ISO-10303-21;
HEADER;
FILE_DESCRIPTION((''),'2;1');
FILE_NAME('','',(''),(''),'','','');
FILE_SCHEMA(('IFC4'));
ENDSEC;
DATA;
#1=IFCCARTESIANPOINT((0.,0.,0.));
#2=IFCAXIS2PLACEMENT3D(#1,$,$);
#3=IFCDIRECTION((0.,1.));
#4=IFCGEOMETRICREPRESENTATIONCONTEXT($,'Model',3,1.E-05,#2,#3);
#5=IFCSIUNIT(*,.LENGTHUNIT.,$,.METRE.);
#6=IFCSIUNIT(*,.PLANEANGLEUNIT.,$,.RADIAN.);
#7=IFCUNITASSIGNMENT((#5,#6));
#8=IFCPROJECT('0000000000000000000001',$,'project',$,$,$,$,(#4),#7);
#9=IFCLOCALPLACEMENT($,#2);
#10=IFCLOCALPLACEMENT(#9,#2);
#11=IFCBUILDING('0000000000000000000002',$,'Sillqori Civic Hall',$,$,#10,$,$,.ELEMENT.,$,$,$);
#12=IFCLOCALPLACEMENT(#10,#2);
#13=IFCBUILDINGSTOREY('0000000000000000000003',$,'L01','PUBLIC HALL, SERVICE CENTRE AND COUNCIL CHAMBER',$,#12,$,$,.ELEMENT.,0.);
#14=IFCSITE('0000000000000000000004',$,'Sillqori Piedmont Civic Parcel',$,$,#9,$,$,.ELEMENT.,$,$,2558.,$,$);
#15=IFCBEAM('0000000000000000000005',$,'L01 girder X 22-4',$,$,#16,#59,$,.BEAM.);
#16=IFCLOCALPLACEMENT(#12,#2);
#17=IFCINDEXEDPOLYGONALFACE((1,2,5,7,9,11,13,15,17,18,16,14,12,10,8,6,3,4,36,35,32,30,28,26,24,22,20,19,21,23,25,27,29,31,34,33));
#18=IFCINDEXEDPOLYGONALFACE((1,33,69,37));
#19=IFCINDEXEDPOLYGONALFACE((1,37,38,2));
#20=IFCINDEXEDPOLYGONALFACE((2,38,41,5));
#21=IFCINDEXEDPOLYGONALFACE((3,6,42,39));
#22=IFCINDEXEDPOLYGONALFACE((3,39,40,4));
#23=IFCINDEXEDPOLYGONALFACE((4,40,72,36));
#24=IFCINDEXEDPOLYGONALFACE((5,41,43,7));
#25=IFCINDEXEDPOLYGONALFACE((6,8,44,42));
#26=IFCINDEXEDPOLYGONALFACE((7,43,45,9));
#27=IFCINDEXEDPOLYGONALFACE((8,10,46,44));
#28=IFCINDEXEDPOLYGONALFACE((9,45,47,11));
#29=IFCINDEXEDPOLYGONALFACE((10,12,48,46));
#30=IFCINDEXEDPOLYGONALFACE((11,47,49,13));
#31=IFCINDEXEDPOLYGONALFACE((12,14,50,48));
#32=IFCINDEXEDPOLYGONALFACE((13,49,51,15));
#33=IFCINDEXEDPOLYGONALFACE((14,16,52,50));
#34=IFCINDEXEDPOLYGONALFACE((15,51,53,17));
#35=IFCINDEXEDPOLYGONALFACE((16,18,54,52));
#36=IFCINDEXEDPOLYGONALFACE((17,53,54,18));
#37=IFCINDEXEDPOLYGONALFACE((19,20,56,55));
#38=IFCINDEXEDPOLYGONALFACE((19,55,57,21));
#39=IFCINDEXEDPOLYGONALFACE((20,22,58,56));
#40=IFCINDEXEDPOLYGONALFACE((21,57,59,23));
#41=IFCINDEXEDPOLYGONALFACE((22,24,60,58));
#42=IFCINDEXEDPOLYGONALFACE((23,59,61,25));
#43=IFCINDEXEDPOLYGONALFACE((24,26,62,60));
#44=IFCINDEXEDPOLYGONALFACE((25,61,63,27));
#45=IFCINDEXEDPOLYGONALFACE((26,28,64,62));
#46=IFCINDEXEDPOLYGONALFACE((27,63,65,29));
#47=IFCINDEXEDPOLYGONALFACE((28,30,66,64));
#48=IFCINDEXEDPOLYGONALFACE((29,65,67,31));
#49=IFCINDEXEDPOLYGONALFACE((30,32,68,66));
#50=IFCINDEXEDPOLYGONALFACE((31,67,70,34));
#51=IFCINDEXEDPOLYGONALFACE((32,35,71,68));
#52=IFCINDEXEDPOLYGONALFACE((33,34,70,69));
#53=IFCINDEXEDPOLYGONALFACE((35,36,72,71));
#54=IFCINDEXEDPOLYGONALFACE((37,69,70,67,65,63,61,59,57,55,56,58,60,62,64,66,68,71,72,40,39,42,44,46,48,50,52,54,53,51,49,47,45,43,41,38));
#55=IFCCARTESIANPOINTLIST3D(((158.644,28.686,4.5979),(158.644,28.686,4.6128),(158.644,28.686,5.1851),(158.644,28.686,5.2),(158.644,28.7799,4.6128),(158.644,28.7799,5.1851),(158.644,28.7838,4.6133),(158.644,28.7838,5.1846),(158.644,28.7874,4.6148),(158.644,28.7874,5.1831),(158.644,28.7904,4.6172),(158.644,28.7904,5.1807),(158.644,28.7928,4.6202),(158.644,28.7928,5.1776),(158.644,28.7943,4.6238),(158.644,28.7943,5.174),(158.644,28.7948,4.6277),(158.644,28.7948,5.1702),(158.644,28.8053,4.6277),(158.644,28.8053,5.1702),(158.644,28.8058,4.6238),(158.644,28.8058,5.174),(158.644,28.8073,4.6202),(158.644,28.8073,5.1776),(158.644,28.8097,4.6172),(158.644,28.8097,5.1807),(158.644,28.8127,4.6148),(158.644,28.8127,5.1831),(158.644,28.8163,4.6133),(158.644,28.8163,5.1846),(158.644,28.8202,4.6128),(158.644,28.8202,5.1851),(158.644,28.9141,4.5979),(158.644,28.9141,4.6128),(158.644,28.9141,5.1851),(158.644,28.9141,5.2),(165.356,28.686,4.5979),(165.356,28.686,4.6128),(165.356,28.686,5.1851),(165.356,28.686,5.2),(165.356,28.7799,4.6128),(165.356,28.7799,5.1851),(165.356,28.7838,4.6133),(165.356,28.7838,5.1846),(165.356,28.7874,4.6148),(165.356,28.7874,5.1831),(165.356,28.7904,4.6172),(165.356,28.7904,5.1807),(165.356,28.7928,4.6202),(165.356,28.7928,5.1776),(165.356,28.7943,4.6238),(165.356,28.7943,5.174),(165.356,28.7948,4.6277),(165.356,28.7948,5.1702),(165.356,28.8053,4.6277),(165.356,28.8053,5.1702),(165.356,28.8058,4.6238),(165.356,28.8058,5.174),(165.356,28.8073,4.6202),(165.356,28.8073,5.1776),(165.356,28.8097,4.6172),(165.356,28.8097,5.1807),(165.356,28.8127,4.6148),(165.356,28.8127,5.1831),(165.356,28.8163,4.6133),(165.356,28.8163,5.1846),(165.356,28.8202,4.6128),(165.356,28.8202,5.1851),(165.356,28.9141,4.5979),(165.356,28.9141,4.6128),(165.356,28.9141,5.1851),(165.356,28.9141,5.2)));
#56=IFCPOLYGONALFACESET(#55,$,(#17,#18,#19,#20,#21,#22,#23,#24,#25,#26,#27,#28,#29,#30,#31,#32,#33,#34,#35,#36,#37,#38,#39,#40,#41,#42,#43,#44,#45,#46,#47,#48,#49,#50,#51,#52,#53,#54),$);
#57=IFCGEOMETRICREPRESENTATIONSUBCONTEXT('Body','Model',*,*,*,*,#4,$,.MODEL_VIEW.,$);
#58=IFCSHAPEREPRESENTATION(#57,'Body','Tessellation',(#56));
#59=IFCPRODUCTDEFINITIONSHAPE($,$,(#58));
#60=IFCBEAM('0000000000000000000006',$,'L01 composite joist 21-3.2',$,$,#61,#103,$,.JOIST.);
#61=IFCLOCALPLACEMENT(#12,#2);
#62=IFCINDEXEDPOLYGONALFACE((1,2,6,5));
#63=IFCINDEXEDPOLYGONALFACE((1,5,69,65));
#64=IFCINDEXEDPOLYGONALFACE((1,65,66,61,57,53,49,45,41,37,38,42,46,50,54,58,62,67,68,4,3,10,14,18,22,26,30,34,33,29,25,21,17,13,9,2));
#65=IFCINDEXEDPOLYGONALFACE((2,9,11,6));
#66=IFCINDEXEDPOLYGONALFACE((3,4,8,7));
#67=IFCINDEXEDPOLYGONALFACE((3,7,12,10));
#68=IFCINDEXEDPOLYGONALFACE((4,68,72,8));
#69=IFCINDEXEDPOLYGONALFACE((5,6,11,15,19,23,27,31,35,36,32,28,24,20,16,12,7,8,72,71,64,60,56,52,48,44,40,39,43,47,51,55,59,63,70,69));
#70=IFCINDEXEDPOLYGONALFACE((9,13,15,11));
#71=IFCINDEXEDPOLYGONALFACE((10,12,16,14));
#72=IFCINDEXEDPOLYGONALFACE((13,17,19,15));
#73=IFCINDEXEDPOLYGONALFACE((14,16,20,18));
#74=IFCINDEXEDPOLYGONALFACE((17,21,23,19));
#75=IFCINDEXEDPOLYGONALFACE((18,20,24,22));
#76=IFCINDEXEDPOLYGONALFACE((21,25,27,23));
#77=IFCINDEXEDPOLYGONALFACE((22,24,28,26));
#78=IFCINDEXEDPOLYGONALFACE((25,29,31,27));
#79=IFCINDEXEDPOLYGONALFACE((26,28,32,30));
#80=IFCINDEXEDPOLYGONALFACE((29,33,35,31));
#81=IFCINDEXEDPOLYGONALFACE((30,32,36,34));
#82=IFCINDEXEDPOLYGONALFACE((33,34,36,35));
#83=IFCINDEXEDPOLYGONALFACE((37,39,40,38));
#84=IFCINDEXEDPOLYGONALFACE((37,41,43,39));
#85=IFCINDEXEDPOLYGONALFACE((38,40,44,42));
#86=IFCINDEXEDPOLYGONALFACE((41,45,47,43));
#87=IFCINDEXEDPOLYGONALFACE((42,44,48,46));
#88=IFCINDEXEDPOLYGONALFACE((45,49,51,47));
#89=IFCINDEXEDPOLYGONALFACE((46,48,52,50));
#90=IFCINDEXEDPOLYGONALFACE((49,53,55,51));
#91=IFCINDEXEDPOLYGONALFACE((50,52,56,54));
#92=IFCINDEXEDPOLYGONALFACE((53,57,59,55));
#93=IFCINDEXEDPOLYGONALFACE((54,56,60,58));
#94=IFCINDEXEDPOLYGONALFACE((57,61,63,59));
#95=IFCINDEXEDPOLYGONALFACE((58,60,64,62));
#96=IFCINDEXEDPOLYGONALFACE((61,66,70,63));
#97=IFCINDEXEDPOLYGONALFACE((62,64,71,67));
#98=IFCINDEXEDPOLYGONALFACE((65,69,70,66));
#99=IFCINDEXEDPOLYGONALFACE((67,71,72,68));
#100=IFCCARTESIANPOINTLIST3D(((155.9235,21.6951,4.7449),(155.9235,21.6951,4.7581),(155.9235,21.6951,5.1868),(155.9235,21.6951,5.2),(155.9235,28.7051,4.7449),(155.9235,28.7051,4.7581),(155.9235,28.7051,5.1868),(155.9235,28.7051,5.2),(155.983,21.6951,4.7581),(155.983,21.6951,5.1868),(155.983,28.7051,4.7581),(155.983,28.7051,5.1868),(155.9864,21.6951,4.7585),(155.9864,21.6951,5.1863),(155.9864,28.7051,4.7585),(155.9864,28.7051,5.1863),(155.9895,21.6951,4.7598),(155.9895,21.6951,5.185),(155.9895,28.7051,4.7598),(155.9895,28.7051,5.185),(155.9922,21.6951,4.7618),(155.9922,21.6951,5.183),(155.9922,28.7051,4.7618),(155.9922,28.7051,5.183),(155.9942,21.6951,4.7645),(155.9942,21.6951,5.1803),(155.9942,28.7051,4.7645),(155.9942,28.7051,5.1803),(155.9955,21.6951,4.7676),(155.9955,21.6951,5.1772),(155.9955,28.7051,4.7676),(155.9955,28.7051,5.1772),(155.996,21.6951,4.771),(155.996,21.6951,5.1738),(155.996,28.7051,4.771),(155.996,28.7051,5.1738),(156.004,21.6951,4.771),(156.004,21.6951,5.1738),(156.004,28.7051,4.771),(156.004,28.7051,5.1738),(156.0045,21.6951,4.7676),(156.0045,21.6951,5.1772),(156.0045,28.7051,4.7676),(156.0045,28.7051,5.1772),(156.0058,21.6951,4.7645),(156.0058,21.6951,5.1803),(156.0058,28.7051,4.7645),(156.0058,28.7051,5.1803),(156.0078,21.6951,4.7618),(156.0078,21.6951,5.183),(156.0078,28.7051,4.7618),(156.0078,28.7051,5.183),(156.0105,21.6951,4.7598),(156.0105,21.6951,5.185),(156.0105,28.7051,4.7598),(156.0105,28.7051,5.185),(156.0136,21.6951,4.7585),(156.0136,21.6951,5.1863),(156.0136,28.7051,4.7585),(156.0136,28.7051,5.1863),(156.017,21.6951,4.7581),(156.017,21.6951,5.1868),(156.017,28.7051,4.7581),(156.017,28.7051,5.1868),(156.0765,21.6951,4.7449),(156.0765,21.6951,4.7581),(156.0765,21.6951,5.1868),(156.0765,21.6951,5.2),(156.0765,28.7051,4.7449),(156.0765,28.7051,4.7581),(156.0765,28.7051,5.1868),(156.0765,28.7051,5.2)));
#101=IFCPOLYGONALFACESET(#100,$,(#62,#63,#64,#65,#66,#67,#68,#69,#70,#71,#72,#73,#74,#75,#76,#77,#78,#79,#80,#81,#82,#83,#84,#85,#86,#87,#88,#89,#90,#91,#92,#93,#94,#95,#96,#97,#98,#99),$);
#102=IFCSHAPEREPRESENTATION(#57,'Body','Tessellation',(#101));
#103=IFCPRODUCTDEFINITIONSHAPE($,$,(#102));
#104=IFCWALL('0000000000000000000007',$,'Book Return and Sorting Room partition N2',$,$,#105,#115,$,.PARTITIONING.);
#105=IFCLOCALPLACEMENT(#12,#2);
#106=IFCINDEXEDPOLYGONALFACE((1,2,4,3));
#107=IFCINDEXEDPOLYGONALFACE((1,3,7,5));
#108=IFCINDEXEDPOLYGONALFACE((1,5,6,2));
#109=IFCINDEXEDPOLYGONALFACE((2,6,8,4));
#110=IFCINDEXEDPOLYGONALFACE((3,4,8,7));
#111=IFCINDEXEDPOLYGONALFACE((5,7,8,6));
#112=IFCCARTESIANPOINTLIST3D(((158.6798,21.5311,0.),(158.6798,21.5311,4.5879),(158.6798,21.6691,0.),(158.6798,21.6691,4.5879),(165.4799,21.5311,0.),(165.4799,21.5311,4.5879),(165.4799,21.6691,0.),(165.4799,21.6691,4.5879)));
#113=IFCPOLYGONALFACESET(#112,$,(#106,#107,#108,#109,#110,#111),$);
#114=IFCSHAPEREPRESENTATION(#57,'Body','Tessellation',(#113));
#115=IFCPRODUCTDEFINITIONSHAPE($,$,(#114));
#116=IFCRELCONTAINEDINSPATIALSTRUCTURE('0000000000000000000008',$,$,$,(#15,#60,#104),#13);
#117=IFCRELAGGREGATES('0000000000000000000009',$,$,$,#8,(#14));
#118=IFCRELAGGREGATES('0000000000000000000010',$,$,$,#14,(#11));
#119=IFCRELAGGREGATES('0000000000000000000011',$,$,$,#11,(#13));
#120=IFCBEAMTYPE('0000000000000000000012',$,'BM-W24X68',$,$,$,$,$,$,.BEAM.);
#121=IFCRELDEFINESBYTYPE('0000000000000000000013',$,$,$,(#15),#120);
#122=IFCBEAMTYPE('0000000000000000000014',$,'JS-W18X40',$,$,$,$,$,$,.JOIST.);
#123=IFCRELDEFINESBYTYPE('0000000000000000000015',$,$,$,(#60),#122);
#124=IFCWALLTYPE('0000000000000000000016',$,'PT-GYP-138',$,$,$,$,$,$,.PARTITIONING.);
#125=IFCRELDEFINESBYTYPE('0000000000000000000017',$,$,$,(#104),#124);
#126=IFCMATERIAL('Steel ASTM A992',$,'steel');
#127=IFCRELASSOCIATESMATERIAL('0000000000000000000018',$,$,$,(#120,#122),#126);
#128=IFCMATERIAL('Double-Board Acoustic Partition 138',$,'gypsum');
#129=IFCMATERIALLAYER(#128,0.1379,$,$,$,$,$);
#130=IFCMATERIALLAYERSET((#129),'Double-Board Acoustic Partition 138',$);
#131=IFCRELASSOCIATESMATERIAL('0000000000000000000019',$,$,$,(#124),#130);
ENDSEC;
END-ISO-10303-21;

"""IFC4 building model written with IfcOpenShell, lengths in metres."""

from ifc_helpers import new_model, si_unit, direction, frame, frame_2d, origin, origin_2d, place, context, subcontext, project, spatial, rectangle, i_section, extrude, material, layer, layer_set, material_profile, profile_set, type_object, element, save


model = new_model("IFC4")

# Units and contexts
model_context = context("Model", 3, precision=1e-05, world=origin(), true_north=direction((0.0, 1.0)))
body_context = subcontext(model_context, "Body", "Model", "MODEL_VIEW")
ifc_project = project(units=[si_unit("LENGTHUNIT", "METRE"), si_unit("PLANEANGLEUNIT", "RADIAN")], contexts=[model_context])

# Site, building, storey
site_placement = place(None, origin())
site = spatial("IfcSite", under=ifc_project, at=site_placement, Name="Sillqori Piedmont Civic Parcel", CompositionType="ELEMENT", RefElevation=2558.0)
building_placement = place(site_placement, origin())
building = spatial("IfcBuilding", under=site, at=building_placement, Name="Sillqori Civic Hall", CompositionType="ELEMENT")
storey_placement = place(building_placement, origin())
storey = spatial("IfcBuildingStorey", under=building, at=storey_placement, Name="L01", Description="PUBLIC HALL, SERVICE CENTRE AND COUNCIL CHAMBER", CompositionType="ELEMENT", Elevation=0.0)

# Shared definitions
ifc_material_1 = material(Name="Steel ASTM A992", Category="steel")

# Beam
ifc_material_profile_1 = material_profile(ifc_material_1, i_section(OverallWidth=0.228, OverallDepth=0.6021, WebThickness=0.0105, FlangeThickness=0.0149, FilletRadius=0.0149, at=origin_2d()), Name="W24X68")
ifc_profile_set_1 = profile_set([ifc_material_profile_1], Name="Steel ASTM A992")
beam_type_1 = type_object("IfcBeamType", Name="BM-W24X68", PredefinedType="BEAM", material=ifc_profile_set_1)
beam_1_placement = place(storey_placement, frame((158.644, 28.8, 4.8989), z_axis=(1.0, 0.0, 0.0), x_axis=(0.0, 1.0, 0.0)))
element("IfcBeam", 1, at=beam_1_placement, inside=storey, type_object=beam_type_1, Name="L01 girder X 22-4", PredefinedType="BEAM", context=body_context, shape_type="SweptSolid", body=[
    extrude(i_section(OverallWidth=0.228, OverallDepth=0.6021, WebThickness=0.0105, FlangeThickness=0.0149, FilletRadius=0.0149, at=origin_2d()), origin(), (0.0, 0.0, 1.0), 6.7119),
])

# Beam
ifc_material_profile_2 = material_profile(ifc_material_1, i_section(OverallWidth=0.1531, OverallDepth=0.4551, WebThickness=0.0081, FlangeThickness=0.0132, FilletRadius=0.0129, at=origin_2d()), Name="W18X40")
ifc_profile_set_2 = profile_set([ifc_material_profile_2], Name="Steel ASTM A992")
beam_type_2 = type_object("IfcBeamType", Name="JS-W18X40", PredefinedType="JOIST", material=ifc_profile_set_2)
beam_2_placement = place(storey_placement, frame((156.0, 21.6951, 4.9724), z_axis=(0.0, 1.0, 0.0), x_axis=(-1.0, 0.0, 0.0)))
element("IfcBeam", 2, at=beam_2_placement, inside=storey, type_object=beam_type_2, Name="L01 composite joist 21-3.2", PredefinedType="JOIST", context=body_context, shape_type="SweptSolid", body=[
    extrude(i_section(OverallWidth=0.1531, OverallDepth=0.4551, WebThickness=0.0081, FlangeThickness=0.0132, FilletRadius=0.0129, at=origin_2d()), origin(), (0.0, 0.0, 1.0), 7.01),
])

# Wall
ifc_material_2 = material(Name="Double-Board Acoustic Partition 138", Category="gypsum")
ifc_layer_1 = layer(ifc_material_2, 0.1379)
ifc_layer_set_1 = layer_set([ifc_layer_1], Name="Double-Board Acoustic Partition 138")
wall_type = type_object("IfcWallType", Name="PT-GYP-138", PredefinedType="PARTITIONING", material=ifc_layer_set_1)
wall_placement = place(storey_placement, frame((158.6799, 21.6001, 0.0), z_axis=(0.0, 0.0, 1.0), x_axis=(1.0, 0.0, 0.0)))
element("IfcWall", 3, at=wall_placement, inside=storey, type_object=wall_type, Name="Book Return and Sorting Room partition N2", PredefinedType="PARTITIONING", context=body_context, shape_type="SweptSolid", body=[
    extrude(rectangle(XDim=6.8, YDim=0.1379, at=frame_2d((3.3999, 0.0))), origin(), (0.0, 0.0, 1.0), 4.5879),
])

save(model, "model.ifc")
